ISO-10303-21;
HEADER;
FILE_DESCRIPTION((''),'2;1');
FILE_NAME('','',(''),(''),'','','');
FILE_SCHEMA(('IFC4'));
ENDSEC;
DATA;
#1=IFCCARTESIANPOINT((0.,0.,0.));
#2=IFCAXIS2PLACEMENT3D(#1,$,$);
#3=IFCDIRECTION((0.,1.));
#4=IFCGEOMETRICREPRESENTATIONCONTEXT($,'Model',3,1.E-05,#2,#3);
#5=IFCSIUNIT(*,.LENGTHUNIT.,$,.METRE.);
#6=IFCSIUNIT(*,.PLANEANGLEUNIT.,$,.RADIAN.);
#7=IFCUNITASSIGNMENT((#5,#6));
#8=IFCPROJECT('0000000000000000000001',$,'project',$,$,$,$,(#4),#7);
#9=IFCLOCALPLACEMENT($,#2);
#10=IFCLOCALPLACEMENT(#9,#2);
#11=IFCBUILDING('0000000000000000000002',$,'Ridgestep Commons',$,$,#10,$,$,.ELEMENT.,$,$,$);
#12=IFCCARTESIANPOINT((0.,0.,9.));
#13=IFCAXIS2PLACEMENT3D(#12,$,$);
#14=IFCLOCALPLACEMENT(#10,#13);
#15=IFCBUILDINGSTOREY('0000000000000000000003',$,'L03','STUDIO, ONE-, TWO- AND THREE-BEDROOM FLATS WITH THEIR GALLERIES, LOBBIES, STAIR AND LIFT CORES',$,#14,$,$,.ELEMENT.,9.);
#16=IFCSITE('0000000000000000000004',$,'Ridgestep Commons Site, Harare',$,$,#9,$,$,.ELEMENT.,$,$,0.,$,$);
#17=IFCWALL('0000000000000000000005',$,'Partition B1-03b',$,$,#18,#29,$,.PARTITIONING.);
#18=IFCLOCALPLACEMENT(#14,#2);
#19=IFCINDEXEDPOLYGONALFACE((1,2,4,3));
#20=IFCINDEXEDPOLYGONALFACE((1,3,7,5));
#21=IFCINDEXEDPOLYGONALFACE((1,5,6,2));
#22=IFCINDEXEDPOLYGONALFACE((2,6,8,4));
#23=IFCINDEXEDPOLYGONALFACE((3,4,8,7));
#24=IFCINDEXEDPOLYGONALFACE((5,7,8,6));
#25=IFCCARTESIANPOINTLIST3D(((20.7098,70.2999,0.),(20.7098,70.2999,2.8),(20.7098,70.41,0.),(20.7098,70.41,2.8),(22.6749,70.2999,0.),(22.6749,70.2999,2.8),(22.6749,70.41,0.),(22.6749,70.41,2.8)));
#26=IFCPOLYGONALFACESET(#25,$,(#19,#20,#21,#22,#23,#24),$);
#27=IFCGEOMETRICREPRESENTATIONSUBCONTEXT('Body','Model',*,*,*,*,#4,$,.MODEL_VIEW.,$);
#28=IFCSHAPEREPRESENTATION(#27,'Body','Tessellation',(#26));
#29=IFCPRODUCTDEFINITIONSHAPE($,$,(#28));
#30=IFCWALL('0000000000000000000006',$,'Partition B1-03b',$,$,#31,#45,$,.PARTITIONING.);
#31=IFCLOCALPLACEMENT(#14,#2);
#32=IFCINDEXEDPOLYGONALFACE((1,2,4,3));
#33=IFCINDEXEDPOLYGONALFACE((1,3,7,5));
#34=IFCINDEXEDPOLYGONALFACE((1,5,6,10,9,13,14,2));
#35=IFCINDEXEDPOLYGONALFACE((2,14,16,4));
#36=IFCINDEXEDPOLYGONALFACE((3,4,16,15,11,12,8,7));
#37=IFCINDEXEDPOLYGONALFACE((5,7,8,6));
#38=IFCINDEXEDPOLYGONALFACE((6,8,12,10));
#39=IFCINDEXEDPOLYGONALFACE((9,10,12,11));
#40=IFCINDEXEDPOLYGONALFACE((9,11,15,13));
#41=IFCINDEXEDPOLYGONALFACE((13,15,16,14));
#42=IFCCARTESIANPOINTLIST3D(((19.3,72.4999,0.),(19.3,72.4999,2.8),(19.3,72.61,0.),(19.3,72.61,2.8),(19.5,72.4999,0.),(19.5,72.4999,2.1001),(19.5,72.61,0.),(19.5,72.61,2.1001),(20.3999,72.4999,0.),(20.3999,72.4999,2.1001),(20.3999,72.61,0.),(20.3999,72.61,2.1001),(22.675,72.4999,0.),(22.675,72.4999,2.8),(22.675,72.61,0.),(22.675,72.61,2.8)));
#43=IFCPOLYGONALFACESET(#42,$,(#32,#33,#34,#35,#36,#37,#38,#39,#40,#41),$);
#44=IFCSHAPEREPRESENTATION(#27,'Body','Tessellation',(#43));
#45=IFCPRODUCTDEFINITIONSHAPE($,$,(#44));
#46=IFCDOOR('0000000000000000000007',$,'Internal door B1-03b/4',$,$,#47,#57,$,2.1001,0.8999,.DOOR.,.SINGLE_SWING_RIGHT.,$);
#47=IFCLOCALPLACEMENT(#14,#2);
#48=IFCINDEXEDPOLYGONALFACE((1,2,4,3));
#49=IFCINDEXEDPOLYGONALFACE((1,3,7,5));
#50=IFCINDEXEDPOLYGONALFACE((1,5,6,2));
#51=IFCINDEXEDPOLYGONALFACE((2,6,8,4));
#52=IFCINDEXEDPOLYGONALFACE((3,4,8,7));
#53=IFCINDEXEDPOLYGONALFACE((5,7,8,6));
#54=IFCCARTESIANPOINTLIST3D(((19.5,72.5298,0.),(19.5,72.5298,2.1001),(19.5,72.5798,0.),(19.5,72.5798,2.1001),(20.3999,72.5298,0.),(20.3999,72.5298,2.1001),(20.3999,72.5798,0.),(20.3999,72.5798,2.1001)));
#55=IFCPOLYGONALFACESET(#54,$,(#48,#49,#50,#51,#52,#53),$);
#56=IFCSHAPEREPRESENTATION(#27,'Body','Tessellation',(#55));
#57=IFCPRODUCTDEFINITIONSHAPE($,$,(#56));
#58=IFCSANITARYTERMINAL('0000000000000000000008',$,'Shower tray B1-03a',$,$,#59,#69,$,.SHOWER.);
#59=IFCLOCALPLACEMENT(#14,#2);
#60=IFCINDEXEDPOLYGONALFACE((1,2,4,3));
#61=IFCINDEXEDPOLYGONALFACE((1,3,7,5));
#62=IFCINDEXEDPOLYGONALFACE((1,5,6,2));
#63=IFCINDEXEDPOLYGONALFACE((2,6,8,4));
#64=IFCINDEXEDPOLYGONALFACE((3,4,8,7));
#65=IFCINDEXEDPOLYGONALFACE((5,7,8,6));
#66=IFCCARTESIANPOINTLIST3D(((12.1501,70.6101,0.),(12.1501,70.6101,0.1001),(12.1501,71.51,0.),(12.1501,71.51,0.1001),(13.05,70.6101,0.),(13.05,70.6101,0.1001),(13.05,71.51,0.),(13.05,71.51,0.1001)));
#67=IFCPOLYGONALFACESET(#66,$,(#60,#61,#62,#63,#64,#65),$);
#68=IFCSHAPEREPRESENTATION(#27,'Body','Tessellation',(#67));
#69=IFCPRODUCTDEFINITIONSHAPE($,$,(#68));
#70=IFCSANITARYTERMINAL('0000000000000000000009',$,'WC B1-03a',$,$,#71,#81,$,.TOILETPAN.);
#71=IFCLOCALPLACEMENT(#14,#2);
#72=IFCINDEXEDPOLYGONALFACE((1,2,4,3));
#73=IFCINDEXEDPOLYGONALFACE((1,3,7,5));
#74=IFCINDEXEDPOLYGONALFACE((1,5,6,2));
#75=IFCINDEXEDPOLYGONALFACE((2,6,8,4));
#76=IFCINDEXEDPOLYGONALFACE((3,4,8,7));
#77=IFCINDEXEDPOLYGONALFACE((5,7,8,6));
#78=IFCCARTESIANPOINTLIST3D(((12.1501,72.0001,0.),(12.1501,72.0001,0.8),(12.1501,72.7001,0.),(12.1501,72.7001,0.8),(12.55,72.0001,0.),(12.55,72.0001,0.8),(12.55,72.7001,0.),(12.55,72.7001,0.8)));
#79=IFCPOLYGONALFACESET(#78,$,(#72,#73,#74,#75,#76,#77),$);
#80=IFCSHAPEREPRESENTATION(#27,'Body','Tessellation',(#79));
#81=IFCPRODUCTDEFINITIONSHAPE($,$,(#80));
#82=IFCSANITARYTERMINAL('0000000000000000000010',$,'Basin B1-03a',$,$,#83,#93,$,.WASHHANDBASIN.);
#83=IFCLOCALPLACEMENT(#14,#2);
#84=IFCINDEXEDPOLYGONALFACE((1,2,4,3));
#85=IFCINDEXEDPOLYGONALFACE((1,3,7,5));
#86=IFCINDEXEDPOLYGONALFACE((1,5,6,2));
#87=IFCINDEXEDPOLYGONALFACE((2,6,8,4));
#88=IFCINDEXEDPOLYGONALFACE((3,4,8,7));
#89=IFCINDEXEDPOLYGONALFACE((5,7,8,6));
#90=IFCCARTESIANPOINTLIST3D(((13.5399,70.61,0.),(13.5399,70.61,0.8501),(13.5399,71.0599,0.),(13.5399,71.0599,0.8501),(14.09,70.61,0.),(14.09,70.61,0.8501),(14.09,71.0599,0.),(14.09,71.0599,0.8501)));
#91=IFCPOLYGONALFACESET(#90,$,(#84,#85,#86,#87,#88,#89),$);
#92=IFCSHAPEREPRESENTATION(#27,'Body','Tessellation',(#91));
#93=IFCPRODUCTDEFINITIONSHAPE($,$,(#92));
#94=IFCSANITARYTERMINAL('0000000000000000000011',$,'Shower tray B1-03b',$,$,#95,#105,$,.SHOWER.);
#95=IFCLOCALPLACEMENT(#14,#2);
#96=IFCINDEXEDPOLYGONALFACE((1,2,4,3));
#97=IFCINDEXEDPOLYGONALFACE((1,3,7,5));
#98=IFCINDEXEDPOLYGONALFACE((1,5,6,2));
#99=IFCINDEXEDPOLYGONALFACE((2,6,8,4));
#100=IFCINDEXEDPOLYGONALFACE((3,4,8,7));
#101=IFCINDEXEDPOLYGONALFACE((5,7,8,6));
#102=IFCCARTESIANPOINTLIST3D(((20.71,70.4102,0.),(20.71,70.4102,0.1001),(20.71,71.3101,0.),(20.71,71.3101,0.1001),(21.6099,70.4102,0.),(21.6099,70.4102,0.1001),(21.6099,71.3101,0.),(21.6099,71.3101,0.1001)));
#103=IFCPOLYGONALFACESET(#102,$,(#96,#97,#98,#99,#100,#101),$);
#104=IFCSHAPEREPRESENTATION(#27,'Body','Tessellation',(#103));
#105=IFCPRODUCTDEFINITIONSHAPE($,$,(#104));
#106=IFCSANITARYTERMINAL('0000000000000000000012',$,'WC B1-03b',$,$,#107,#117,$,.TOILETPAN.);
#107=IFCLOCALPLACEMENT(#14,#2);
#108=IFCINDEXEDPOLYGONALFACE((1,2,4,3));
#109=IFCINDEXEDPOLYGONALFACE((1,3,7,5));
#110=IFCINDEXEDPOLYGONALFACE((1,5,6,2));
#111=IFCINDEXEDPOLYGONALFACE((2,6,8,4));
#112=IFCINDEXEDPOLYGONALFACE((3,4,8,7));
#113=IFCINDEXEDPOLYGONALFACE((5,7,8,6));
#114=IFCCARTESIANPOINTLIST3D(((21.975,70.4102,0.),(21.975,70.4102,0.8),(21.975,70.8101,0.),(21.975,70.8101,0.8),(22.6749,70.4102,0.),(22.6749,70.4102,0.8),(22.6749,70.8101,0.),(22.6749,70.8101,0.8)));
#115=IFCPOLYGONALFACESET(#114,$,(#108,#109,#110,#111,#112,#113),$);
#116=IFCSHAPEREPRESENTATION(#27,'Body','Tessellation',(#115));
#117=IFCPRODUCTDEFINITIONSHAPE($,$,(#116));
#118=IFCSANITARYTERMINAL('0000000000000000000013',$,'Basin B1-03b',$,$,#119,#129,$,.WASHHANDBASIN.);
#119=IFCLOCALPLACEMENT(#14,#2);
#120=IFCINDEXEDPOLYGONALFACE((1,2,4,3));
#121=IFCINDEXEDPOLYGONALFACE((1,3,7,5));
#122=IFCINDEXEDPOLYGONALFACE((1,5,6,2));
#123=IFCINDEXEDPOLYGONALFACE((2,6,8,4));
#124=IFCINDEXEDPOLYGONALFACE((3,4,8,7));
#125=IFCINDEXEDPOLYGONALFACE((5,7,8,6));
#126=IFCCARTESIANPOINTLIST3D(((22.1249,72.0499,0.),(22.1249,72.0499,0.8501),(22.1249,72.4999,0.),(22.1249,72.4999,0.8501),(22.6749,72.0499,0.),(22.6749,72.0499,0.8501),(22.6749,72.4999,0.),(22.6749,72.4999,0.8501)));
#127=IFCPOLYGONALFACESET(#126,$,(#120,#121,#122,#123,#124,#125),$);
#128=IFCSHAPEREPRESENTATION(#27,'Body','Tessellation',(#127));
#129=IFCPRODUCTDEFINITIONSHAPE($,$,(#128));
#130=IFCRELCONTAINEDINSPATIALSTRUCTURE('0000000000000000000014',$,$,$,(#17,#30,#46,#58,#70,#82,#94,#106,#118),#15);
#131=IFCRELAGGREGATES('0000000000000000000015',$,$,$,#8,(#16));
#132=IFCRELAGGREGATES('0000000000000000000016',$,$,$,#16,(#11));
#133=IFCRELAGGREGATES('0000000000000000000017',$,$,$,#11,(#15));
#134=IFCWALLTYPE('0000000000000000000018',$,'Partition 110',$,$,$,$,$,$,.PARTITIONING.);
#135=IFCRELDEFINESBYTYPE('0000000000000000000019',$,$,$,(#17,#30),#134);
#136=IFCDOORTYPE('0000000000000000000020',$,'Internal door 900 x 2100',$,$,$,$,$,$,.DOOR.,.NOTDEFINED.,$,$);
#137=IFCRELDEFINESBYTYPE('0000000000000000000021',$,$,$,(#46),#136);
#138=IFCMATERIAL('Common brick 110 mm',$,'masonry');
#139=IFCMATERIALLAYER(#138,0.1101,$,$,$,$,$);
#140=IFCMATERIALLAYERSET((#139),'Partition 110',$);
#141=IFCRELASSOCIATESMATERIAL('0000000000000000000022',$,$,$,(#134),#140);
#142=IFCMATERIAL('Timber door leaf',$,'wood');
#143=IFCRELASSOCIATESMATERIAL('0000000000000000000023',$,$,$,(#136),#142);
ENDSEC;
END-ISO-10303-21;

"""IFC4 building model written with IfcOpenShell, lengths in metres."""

from ifc_helpers import new_model, si_unit, direction, frame, frame_2d, origin, origin_2d, place, context, subcontext, project, spatial, rectangle, extrude, material, layer, layer_set, type_object, element, fill, save


model = new_model("IFC4")

# Units and contexts
model_context = context("Model", 3, precision=1e-05, world=origin(), true_north=direction((0.0, 1.0)))
body_context = subcontext(model_context, "Body", "Model", "MODEL_VIEW")
ifc_project = project(units=[si_unit("LENGTHUNIT", "METRE"), si_unit("PLANEANGLEUNIT", "RADIAN")], contexts=[model_context])

# Site, building, storey
site_placement = place(None, origin())
site = spatial("IfcSite", under=ifc_project, at=site_placement, Name="Ridgestep Commons Site, Harare", CompositionType="ELEMENT", RefElevation=0.0)
building_placement = place(site_placement, origin())
building = spatial("IfcBuilding", under=site, at=building_placement, Name="Ridgestep Commons", CompositionType="ELEMENT")
storey_placement = place(building_placement, frame((0.0, 0.0, 9.0)))
storey = spatial("IfcBuildingStorey", under=building, at=storey_placement, Name="L03", Description="STUDIO, ONE-, TWO- AND THREE-BEDROOM FLATS WITH THEIR GALLERIES, LOBBIES, STAIR AND LIFT CORES", CompositionType="ELEMENT", Elevation=9.0)

# Shared definitions
ifc_material_1 = material(Name="Common brick 110 mm", Category="masonry")
ifc_layer_1 = layer(ifc_material_1, 0.1101)
ifc_layer_set_1 = layer_set([ifc_layer_1], Name="Partition 110")
wall_type_1 = type_object("IfcWallType", Name="Partition 110", PredefinedType="PARTITIONING", material=ifc_layer_set_1)

# Shared definitions
ifc_material_2 = material(Name="Timber door leaf", Category="wood")
door_type_1 = type_object("IfcDoorType", Name="Internal door 900 x 2100", OperationType="NOTDEFINED", PredefinedType="DOOR", material=ifc_material_2)

# Wall
wall_1_placement = place(storey_placement, frame((20.71, 70.355, 0.0), z_axis=(0.0, 0.0, 1.0), x_axis=(1.0, 0.0, 0.0)))
element("IfcWall", 1, at=wall_1_placement, inside=storey, type_object=wall_type_1, Name="Partition B1-03b", PredefinedType="PARTITIONING", context=body_context, shape_type="SweptSolid", body=[
    extrude(rectangle(XDim=1.9651, YDim=0.1101, at=frame_2d((0.9824, 0.0))), origin(), (0.0, 0.0, 1.0), 2.8),
])

# Wall, opening, door
wall_2_placement = place(storey_placement, frame((19.3, 72.5549, 0.0), z_axis=(0.0, 0.0, 1.0), x_axis=(1.0, 0.0, 0.0)))
wall_2 = element("IfcWall", 2, at=wall_2_placement, inside=storey, type_object=wall_type_1, Name="Partition B1-03b", PredefinedType="PARTITIONING", context=body_context, shape_type="SweptSolid", body=[
    extrude(rectangle(XDim=3.375, YDim=0.1101, at=frame_2d((1.6875, 0.0))), origin(), (0.0, 0.0, 1.0), 2.8),
])
opening_1_placement = place(wall_2_placement, frame((0.2, 0.0, 0.0)))
opening_1 = element("IfcOpeningElement", 3, at=opening_1_placement, cuts=wall_2, PredefinedType="OPENING", context=body_context, shape_type="SweptSolid", body=[
    extrude(rectangle(XDim=0.8999, YDim=2.1001, at=frame_2d((0.45, 1.05))), frame((0.0, 0.0649, 0.0), z_axis=(0.0, -1.0, 0.0), x_axis=(1.0, 0.0, 0.0)), (0.0, 0.0, 1.0), 0.1301),
])
door_1_placement = place(opening_1_placement, origin())
door_1 = element("IfcDoor", 4, at=door_1_placement, inside=storey, type_object=door_type_1, Name="Internal door B1-03b/4", OperationType="SINGLE_SWING_RIGHT", OverallHeight=2.1001, OverallWidth=0.8999, PredefinedType="DOOR", context=body_context, shape_type="SweptSolid", body=[
    extrude(rectangle(XDim=0.8999, YDim=2.1001, at=frame_2d((0.45, 1.05))), frame((0.0, 0.0249, 0.0), z_axis=(0.0, -1.0, 0.0), x_axis=(1.0, 0.0, 0.0)), (0.0, 0.0, 1.0), 0.05),
])
fill(opening_1, door_1)

# Sanitary terminals
sanitary_terminal_1_placement = place(storey_placement, frame((12.6001, 71.0601, 0.0), z_axis=(0.0, 0.0, 1.0), x_axis=(1.0, 0.0, 0.0)))
element("IfcSanitaryTerminal", 5, at=sanitary_terminal_1_placement, inside=storey, Name="Shower tray B1-03a", PredefinedType="SHOWER", context=body_context, shape_type="SweptSolid", body=[
    extrude(rectangle(XDim=0.8999, YDim=0.8999, at=origin_2d()), origin(), (0.0, 0.0, 1.0), 0.1001),
])
sanitary_terminal_2_placement = place(storey_placement, frame((12.3501, 72.3501, 0.0), z_axis=(0.0, 0.0, 1.0), x_axis=(1.0, 0.0, 0.0)))
element("IfcSanitaryTerminal", 6, at=sanitary_terminal_2_placement, inside=storey, Name="WC B1-03a", PredefinedType="TOILETPAN", context=body_context, shape_type="SweptSolid", body=[
    extrude(rectangle(XDim=0.3999, YDim=0.7, at=origin_2d()), origin(), (0.0, 0.0, 1.0), 0.8),
])
sanitary_terminal_3_placement = place(storey_placement, frame((13.8149, 70.835, 0.0), z_axis=(0.0, 0.0, 1.0), x_axis=(1.0, 0.0, 0.0)))
element("IfcSanitaryTerminal", 7, at=sanitary_terminal_3_placement, inside=storey, Name="Basin B1-03a", PredefinedType="WASHHANDBASIN", context=body_context, shape_type="SweptSolid", body=[
    extrude(rectangle(XDim=0.55, YDim=0.45, at=origin_2d()), origin(), (0.0, 0.0, 1.0), 0.8501),
])
sanitary_terminal_4_placement = place(storey_placement, frame((21.1599, 70.8601, 0.0), z_axis=(0.0, 0.0, 1.0), x_axis=(1.0, 0.0, 0.0)))
element("IfcSanitaryTerminal", 8, at=sanitary_terminal_4_placement, inside=storey, Name="Shower tray B1-03b", PredefinedType="SHOWER", context=body_context, shape_type="SweptSolid", body=[
    extrude(rectangle(XDim=0.8999, YDim=0.8999, at=origin_2d()), origin(), (0.0, 0.0, 1.0), 0.1001),
])
sanitary_terminal_5_placement = place(storey_placement, frame((22.325, 70.6101, 0.0), z_axis=(0.0, 0.0, 1.0), x_axis=(1.0, 0.0, 0.0)))
element("IfcSanitaryTerminal", 9, at=sanitary_terminal_5_placement, inside=storey, Name="WC B1-03b", PredefinedType="TOILETPAN", context=body_context, shape_type="SweptSolid", body=[
    extrude(rectangle(XDim=0.7, YDim=0.3999, at=origin_2d()), origin(), (0.0, 0.0, 1.0), 0.8),
])
sanitary_terminal_6_placement = place(storey_placement, frame((22.3999, 72.2749, 0.0), z_axis=(0.0, 0.0, 1.0), x_axis=(1.0, 0.0, 0.0)))
element("IfcSanitaryTerminal", 10, at=sanitary_terminal_6_placement, inside=storey, Name="Basin B1-03b", PredefinedType="WASHHANDBASIN", context=body_context, shape_type="SweptSolid", body=[
    extrude(rectangle(XDim=0.55, YDim=0.45, at=origin_2d()), origin(), (0.0, 0.0, 1.0), 0.8501),
])

save(model, "model.ifc")
